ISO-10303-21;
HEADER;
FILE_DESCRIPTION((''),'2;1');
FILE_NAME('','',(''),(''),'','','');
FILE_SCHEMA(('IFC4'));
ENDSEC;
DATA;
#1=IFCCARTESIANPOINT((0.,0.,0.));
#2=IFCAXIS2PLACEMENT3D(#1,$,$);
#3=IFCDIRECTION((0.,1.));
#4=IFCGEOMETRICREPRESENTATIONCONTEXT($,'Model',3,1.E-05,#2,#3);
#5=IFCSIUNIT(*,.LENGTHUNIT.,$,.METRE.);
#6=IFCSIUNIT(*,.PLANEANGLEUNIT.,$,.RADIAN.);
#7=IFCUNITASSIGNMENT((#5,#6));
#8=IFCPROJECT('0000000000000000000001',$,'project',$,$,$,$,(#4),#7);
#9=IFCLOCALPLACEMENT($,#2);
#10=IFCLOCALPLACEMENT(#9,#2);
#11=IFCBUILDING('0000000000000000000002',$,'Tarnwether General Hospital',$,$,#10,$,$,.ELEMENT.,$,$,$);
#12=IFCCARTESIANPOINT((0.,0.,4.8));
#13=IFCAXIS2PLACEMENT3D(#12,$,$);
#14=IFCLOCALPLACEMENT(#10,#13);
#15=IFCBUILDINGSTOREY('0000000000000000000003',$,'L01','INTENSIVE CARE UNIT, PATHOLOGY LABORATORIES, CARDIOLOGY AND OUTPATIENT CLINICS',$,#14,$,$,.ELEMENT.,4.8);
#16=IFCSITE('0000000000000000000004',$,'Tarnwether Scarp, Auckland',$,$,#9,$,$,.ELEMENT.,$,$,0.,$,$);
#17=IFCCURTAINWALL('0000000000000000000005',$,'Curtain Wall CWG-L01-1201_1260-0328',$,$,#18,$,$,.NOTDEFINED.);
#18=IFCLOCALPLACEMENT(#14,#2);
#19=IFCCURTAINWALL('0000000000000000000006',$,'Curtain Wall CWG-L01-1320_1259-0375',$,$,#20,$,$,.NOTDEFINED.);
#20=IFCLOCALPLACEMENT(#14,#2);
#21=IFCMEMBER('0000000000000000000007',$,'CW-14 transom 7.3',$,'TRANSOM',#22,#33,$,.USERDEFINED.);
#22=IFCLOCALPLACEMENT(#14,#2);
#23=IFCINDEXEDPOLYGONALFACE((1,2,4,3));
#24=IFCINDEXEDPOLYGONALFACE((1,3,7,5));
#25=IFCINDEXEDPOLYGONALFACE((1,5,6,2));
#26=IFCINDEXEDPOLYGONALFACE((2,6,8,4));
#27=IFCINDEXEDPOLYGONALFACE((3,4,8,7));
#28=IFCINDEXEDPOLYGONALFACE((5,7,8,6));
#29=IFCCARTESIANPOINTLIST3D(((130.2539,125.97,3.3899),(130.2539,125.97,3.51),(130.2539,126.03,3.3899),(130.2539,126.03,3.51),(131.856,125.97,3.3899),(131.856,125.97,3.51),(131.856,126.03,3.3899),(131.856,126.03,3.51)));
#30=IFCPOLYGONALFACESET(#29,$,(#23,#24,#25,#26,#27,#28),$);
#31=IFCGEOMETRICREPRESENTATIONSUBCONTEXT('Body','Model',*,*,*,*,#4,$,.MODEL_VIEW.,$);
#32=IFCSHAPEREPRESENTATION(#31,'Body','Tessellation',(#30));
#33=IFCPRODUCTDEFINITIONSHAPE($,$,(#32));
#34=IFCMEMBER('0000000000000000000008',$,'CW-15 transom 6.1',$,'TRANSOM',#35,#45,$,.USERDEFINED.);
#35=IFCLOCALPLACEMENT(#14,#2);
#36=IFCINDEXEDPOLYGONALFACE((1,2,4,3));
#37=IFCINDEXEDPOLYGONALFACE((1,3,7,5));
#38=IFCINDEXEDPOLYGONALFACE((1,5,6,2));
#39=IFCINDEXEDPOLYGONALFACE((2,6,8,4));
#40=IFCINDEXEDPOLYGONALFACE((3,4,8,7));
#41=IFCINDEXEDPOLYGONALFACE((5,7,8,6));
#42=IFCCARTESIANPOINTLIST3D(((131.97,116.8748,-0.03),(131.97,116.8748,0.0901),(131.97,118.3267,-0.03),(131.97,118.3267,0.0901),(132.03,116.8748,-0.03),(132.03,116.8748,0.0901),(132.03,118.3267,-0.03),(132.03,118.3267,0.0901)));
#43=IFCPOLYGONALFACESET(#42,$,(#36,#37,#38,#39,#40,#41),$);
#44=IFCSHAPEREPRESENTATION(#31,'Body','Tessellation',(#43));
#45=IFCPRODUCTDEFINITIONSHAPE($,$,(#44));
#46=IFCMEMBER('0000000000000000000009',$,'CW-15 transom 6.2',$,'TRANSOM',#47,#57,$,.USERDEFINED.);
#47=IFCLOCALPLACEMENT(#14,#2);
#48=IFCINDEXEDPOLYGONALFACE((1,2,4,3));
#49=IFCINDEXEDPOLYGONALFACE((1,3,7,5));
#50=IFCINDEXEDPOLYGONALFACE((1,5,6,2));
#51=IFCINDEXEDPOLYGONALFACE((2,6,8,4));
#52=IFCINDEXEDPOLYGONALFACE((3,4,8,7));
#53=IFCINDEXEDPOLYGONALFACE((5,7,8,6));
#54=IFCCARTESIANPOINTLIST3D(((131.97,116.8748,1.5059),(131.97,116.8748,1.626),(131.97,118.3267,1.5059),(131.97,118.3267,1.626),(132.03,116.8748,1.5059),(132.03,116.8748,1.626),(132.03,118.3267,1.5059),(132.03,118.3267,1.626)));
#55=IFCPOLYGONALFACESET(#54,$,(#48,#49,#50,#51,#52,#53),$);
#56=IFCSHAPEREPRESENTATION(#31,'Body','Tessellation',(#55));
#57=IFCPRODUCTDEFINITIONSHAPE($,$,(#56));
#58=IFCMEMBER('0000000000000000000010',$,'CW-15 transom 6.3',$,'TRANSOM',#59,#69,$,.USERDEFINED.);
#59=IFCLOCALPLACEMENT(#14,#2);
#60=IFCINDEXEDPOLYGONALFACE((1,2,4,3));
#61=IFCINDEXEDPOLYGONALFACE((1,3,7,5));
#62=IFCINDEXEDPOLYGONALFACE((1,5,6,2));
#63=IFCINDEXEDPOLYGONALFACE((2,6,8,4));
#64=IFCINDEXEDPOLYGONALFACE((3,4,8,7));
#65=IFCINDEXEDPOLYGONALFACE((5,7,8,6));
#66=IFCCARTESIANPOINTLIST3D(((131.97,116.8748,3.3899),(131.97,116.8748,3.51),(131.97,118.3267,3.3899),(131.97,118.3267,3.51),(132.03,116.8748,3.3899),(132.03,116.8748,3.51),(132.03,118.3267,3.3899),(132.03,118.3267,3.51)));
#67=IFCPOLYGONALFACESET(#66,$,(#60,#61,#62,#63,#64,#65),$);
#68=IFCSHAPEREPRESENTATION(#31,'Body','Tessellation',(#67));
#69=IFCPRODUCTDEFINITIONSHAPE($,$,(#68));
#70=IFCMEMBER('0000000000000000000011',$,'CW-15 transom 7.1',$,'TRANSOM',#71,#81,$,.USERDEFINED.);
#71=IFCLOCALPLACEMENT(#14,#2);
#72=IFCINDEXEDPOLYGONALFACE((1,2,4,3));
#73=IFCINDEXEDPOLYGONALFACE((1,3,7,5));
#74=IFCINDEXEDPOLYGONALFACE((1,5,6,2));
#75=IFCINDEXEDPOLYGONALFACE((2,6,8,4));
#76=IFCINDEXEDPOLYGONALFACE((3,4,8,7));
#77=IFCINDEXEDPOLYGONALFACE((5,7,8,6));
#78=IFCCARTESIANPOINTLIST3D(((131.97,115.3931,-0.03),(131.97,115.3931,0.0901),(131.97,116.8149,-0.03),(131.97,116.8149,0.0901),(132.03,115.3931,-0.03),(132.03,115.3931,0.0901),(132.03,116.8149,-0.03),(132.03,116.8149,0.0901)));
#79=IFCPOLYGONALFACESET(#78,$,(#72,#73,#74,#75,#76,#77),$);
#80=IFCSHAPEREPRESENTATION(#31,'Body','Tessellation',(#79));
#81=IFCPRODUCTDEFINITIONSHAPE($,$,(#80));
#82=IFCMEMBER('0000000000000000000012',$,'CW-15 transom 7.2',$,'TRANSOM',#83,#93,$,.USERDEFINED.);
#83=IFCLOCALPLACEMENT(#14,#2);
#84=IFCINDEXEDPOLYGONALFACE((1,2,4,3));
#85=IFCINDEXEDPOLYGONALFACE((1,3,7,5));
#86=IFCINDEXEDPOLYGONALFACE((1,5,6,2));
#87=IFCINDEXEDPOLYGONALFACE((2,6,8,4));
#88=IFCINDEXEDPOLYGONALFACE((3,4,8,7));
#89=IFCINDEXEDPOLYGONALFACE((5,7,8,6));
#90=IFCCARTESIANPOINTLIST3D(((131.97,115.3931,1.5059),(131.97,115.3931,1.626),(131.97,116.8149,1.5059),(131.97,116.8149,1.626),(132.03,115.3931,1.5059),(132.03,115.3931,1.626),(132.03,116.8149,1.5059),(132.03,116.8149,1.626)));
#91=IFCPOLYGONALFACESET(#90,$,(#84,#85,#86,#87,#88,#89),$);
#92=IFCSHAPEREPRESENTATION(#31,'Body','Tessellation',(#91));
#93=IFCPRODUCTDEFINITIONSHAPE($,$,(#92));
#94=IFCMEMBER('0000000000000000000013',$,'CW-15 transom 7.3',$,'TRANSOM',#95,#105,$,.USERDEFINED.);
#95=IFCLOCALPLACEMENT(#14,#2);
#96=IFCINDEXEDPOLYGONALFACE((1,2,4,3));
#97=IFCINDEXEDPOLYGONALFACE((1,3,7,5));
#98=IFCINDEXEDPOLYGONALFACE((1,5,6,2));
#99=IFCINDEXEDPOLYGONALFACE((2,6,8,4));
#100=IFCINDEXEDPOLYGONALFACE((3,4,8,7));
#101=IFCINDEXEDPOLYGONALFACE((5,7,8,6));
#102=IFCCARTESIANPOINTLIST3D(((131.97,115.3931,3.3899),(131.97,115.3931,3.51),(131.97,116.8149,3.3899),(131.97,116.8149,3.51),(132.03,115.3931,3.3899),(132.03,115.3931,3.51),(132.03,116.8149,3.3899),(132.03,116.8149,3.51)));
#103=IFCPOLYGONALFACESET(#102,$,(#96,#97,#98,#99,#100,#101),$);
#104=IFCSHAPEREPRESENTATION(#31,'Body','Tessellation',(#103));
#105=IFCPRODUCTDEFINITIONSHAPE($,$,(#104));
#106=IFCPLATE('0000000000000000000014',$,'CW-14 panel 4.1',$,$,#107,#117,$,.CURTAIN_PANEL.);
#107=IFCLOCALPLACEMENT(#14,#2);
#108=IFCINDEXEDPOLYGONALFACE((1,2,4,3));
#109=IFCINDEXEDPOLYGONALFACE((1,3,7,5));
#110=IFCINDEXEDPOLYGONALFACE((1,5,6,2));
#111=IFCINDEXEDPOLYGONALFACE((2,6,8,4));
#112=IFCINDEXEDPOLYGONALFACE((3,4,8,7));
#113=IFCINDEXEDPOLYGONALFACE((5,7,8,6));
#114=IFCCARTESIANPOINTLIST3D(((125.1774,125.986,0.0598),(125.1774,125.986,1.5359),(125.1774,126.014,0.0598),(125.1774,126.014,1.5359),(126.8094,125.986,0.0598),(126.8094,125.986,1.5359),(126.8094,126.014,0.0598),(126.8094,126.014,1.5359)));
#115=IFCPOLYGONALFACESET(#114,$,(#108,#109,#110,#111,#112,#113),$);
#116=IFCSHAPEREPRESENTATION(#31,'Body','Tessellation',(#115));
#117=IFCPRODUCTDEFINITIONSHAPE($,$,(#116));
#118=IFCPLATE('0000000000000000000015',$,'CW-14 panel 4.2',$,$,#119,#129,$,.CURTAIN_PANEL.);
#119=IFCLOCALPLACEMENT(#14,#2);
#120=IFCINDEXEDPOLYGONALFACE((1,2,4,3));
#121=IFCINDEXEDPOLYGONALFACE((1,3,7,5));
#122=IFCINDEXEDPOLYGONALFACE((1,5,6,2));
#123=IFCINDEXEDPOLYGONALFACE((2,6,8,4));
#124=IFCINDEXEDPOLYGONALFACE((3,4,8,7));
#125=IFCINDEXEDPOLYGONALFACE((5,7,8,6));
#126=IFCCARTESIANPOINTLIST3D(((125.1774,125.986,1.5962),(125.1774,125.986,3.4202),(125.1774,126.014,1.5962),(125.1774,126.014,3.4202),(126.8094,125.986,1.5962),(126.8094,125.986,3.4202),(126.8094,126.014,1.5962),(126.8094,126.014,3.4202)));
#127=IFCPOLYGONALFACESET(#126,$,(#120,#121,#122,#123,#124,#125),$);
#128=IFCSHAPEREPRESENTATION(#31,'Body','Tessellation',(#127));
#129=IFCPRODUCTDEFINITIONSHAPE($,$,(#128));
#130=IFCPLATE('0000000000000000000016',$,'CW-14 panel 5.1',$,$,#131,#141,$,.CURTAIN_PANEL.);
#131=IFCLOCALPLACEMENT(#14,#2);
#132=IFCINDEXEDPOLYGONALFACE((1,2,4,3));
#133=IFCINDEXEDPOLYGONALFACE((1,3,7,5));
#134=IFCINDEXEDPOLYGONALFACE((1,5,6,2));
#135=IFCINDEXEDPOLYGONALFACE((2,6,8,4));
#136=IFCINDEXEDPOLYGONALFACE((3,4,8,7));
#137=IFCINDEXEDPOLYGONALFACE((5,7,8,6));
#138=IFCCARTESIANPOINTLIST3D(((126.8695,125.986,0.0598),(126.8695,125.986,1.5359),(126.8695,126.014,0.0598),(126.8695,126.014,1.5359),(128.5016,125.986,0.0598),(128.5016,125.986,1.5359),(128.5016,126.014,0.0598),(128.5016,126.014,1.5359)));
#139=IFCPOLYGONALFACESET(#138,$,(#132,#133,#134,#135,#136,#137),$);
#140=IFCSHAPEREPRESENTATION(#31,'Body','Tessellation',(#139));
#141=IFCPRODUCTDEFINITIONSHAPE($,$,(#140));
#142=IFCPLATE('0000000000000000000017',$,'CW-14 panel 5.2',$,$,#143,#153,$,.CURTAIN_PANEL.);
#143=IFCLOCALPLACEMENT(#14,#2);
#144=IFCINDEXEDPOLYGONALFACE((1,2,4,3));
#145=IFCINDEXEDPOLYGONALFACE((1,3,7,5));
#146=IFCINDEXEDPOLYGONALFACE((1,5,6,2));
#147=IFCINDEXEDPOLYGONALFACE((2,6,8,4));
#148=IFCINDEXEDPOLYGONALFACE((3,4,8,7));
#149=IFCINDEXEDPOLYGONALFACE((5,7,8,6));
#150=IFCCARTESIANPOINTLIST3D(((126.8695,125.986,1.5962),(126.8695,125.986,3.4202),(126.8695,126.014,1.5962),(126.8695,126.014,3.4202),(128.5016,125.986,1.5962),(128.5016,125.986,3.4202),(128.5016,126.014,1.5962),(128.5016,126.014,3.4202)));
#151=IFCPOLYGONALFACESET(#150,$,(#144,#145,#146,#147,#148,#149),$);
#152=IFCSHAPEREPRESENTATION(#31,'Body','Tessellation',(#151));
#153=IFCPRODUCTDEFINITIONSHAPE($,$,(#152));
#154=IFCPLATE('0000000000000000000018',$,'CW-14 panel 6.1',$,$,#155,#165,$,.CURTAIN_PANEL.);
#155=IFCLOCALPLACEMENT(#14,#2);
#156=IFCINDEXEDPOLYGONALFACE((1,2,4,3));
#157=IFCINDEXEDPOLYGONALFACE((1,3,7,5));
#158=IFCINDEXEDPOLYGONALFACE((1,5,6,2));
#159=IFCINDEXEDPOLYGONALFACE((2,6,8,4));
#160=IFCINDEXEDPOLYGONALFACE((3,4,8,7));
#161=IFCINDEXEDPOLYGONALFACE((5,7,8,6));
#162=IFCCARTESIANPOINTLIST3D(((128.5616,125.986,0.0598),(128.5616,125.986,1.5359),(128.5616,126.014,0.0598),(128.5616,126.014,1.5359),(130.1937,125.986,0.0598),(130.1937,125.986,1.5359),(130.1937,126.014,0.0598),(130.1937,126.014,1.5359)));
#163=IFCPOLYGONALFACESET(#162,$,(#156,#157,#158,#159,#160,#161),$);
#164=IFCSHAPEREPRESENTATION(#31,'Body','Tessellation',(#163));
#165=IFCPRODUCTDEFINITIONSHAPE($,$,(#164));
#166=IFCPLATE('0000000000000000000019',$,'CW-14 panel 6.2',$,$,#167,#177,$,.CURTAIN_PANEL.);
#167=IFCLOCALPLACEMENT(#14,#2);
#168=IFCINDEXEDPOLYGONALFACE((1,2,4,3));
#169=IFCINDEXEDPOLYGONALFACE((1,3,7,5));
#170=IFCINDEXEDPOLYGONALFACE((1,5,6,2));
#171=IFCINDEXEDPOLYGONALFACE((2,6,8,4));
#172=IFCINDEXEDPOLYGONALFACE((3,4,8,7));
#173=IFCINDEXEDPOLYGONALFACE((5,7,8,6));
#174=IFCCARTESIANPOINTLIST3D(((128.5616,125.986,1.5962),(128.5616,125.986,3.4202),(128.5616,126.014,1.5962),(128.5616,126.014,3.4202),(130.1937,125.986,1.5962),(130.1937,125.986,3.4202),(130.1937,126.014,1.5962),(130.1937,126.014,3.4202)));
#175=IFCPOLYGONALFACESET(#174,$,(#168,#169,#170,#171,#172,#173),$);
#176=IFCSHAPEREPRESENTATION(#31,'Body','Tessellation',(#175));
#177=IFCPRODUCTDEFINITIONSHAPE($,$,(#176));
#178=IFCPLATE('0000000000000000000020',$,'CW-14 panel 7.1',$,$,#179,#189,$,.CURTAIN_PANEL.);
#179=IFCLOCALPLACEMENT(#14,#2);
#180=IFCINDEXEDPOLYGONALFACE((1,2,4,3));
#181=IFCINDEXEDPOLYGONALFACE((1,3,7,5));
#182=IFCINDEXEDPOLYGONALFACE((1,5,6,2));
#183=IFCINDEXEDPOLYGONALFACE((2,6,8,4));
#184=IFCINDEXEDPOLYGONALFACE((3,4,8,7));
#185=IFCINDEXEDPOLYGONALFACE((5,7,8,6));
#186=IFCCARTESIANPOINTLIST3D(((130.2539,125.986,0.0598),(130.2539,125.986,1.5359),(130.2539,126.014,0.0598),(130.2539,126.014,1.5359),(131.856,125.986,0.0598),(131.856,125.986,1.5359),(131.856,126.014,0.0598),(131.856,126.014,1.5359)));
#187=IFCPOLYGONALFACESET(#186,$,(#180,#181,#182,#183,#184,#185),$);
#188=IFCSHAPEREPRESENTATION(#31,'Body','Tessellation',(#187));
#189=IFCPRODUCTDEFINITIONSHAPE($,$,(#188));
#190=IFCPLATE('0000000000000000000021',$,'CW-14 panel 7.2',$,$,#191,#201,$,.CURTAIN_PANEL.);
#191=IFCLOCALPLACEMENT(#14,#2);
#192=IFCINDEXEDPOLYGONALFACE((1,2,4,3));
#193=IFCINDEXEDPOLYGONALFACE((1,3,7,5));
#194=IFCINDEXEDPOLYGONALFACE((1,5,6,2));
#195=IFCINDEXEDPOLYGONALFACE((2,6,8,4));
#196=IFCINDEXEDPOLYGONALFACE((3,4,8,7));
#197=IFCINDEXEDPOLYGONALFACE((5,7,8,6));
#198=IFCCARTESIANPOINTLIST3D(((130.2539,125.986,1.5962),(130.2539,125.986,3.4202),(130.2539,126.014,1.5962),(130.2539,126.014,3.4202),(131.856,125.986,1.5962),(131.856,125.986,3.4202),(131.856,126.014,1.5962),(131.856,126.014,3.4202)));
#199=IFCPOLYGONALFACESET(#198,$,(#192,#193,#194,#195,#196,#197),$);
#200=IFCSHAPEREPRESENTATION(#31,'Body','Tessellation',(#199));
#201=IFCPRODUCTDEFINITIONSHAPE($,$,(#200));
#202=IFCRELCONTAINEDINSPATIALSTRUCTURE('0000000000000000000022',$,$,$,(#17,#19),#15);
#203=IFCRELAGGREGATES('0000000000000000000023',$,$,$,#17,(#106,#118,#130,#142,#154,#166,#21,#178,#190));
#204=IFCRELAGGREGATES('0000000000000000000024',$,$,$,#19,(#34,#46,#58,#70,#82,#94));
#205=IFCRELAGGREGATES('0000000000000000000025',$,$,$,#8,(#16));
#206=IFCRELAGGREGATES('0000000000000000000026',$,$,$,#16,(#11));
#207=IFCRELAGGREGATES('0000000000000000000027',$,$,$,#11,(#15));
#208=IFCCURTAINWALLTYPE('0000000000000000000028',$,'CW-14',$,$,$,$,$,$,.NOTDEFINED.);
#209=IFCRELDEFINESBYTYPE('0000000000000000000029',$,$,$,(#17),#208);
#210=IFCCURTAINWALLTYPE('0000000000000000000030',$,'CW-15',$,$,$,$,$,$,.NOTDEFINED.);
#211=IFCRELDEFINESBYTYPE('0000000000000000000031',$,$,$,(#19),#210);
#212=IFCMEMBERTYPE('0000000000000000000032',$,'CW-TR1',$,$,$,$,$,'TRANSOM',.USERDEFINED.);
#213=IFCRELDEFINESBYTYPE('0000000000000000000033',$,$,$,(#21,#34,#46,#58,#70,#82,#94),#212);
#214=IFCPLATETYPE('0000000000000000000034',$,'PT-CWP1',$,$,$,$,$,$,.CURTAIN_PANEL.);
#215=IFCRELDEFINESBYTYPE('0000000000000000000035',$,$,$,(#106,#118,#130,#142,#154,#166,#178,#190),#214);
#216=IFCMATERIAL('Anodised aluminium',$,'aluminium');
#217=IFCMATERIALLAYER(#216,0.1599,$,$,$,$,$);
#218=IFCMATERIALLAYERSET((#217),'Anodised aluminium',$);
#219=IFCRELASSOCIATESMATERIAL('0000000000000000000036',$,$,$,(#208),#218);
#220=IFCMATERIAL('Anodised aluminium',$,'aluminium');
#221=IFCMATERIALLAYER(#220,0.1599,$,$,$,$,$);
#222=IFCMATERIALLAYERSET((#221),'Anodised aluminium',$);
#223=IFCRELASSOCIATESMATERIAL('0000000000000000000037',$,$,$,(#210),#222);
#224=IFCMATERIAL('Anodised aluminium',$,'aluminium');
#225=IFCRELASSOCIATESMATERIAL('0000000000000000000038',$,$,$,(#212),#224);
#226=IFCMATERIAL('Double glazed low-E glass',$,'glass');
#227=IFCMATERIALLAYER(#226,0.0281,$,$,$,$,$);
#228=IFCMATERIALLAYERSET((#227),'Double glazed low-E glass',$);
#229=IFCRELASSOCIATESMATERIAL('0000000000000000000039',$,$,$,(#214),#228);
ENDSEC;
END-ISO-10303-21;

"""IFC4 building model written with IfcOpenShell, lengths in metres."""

from ifc_helpers import new_model, si_unit, direction, frame, origin, origin_2d, place, context, subcontext, project, spatial, rectangle, extrude, material, layer, layer_set, material_profile, profile_set, type_object, element, aggregate, save


model = new_model("IFC4")

# Units and contexts
model_context = context("Model", 3, precision=1e-05, world=origin(), true_north=direction((0.0, 1.0)))
body_context = subcontext(model_context, "Body", "Model", "MODEL_VIEW")
ifc_project = project(units=[si_unit("LENGTHUNIT", "METRE"), si_unit("PLANEANGLEUNIT", "RADIAN")], contexts=[model_context])

# Site, building, storey
site_placement = place(None, origin())
site = spatial("IfcSite", under=ifc_project, at=site_placement, Name="Tarnwether Scarp, Auckland", CompositionType="ELEMENT", RefElevation=0.0)
building_placement = place(site_placement, origin())
building = spatial("IfcBuilding", under=site, at=building_placement, Name="Tarnwether General Hospital", CompositionType="ELEMENT")
storey_placement = place(building_placement, frame((0.0, 0.0, 4.8)))
storey = spatial("IfcBuildingStorey", under=building, at=storey_placement, Name="L01", Description="INTENSIVE CARE UNIT, PATHOLOGY LABORATORIES, CARDIOLOGY AND OUTPATIENT CLINICS", CompositionType="ELEMENT", Elevation=4.8)

# Curtain walls
ifc_material_1 = material(Name="Anodised aluminium", Category="aluminium")
ifc_layer_1 = layer(ifc_material_1, 0.1599)
ifc_layer_set_1 = layer_set([ifc_layer_1], Name="Anodised aluminium")
curtain_wall_type_1 = type_object("IfcCurtainWallType", Name="CW-14", PredefinedType="NOTDEFINED", material=ifc_layer_set_1)
curtain_wall_1_placement = place(storey_placement, origin())
curtain_wall_1 = element("IfcCurtainWall", 1, at=curtain_wall_1_placement, inside=storey, type_object=curtain_wall_type_1, Name="Curtain Wall CWG-L01-1201_1260-0328", PredefinedType="NOTDEFINED")
ifc_material_2 = material(Name="Anodised aluminium", Category="aluminium")
ifc_layer_2 = layer(ifc_material_2, 0.1599)
ifc_layer_set_2 = layer_set([ifc_layer_2], Name="Anodised aluminium")
curtain_wall_type_2 = type_object("IfcCurtainWallType", Name="CW-15", PredefinedType="NOTDEFINED", material=ifc_layer_set_2)
curtain_wall_2_placement = place(storey_placement, origin())
curtain_wall_2 = element("IfcCurtainWall", 2, at=curtain_wall_2_placement, inside=storey, type_object=curtain_wall_type_2, Name="Curtain Wall CWG-L01-1320_1259-0375", PredefinedType="NOTDEFINED")

# Members
ifc_material_3 = material(Name="Anodised aluminium", Category="aluminium")
ifc_material_profile_1 = material_profile(ifc_material_3, rectangle(XDim=0.0601, YDim=0.1201, at=origin_2d()), Name="ALU-TRN-60x120")
ifc_profile_set_1 = profile_set([ifc_material_profile_1], Name="Anodised aluminium")
member_type_1 = type_object("IfcMemberType", Name="CW-TR1", ElementType="TRANSOM", PredefinedType="USERDEFINED", material=ifc_profile_set_1)
member_1_placement = place(storey_placement, frame((130.2539, 126.0, 3.45), z_axis=(1.0, 0.0, 0.0), x_axis=(0.0, 1.0, 0.0)))
member_1 = element("IfcMember", 3, at=member_1_placement, type_object=member_type_1, Name="CW-14 transom 7.3", ObjectType="TRANSOM", PredefinedType="USERDEFINED", context=body_context, shape_type="SweptSolid", body=[
    extrude(rectangle(XDim=0.0601, YDim=0.1201, at=origin_2d()), origin(), (0.0, 0.0, 1.0), 1.6021),
])
member_2_placement = place(storey_placement, frame((132.0, 118.3267, 0.03), z_axis=(0.0, -1.0, 0.0), x_axis=(1.0, 0.0, 0.0)))
member_2 = element("IfcMember", 4, at=member_2_placement, type_object=member_type_1, Name="CW-15 transom 6.1", ObjectType="TRANSOM", PredefinedType="USERDEFINED", context=body_context, shape_type="SweptSolid", body=[
    extrude(rectangle(XDim=0.0601, YDim=0.1201, at=origin_2d()), origin(), (0.0, 0.0, 1.0), 1.4519),
])
member_3_placement = place(storey_placement, frame((132.0, 118.3267, 1.5659), z_axis=(0.0, -1.0, 0.0), x_axis=(1.0, 0.0, 0.0)))
member_3 = element("IfcMember", 5, at=member_3_placement, type_object=member_type_1, Name="CW-15 transom 6.2", ObjectType="TRANSOM", PredefinedType="USERDEFINED", context=body_context, shape_type="SweptSolid", body=[
    extrude(rectangle(XDim=0.0601, YDim=0.1201, at=origin_2d()), origin(), (0.0, 0.0, 1.0), 1.4519),
])
member_4_placement = place(storey_placement, frame((132.0, 118.3267, 3.45), z_axis=(0.0, -1.0, 0.0), x_axis=(1.0, 0.0, 0.0)))
member_4 = element("IfcMember", 6, at=member_4_placement, type_object=member_type_1, Name="CW-15 transom 6.3", ObjectType="TRANSOM", PredefinedType="USERDEFINED", context=body_context, shape_type="SweptSolid", body=[
    extrude(rectangle(XDim=0.0601, YDim=0.1201, at=origin_2d()), origin(), (0.0, 0.0, 1.0), 1.4519),
])
member_5_placement = place(storey_placement, frame((132.0, 116.8149, 0.03), z_axis=(0.0, -1.0, 0.0), x_axis=(1.0, 0.0, 0.0)))
member_5 = element("IfcMember", 7, at=member_5_placement, type_object=member_type_1, Name="CW-15 transom 7.1", ObjectType="TRANSOM", PredefinedType="USERDEFINED", context=body_context, shape_type="SweptSolid", body=[
    extrude(rectangle(XDim=0.0601, YDim=0.1201, at=origin_2d()), origin(), (0.0, 0.0, 1.0), 1.4219),
])
member_6_placement = place(storey_placement, frame((132.0, 116.8149, 1.5659), z_axis=(0.0, -1.0, 0.0), x_axis=(1.0, 0.0, 0.0)))
member_6 = element("IfcMember", 8, at=member_6_placement, type_object=member_type_1, Name="CW-15 transom 7.2", ObjectType="TRANSOM", PredefinedType="USERDEFINED", context=body_context, shape_type="SweptSolid", body=[
    extrude(rectangle(XDim=0.0601, YDim=0.1201, at=origin_2d()), origin(), (0.0, 0.0, 1.0), 1.4219),
])
member_7_placement = place(storey_placement, frame((132.0, 116.8149, 3.45), z_axis=(0.0, -1.0, 0.0), x_axis=(1.0, 0.0, 0.0)))
member_7 = element("IfcMember", 9, at=member_7_placement, type_object=member_type_1, Name="CW-15 transom 7.3", ObjectType="TRANSOM", PredefinedType="USERDEFINED", context=body_context, shape_type="SweptSolid", body=[
    extrude(rectangle(XDim=0.0601, YDim=0.1201, at=origin_2d()), origin(), (0.0, 0.0, 1.0), 1.4219),
])

# Plates
ifc_material_4 = material(Name="Double glazed low-E glass", Category="glass")
ifc_layer_3 = layer(ifc_material_4, 0.0281)
ifc_layer_set_3 = layer_set([ifc_layer_3], Name="Double glazed low-E glass")
plate_type_1 = type_object("IfcPlateType", Name="PT-CWP1", PredefinedType="CURTAIN_PANEL", material=ifc_layer_set_3)
plate_1_placement = place(storey_placement, frame((125.9934, 126.0, 0.0598), z_axis=(0.0, 0.0, 1.0), x_axis=(1.0, 0.0, 0.0)))
plate_1 = element("IfcPlate", 10, at=plate_1_placement, type_object=plate_type_1, Name="CW-14 panel 4.1", PredefinedType="CURTAIN_PANEL", context=body_context, shape_type="SweptSolid", body=[
    extrude(rectangle(XDim=1.6321, YDim=0.0281, at=origin_2d()), origin(), (0.0, 0.0, 1.0), 1.4761),
])
plate_2_placement = place(storey_placement, frame((125.9934, 126.0, 1.5962), z_axis=(0.0, 0.0, 1.0), x_axis=(1.0, 0.0, 0.0)))
plate_2 = element("IfcPlate", 11, at=plate_2_placement, type_object=plate_type_1, Name="CW-14 panel 4.2", PredefinedType="CURTAIN_PANEL", context=body_context, shape_type="SweptSolid", body=[
    extrude(rectangle(XDim=1.6321, YDim=0.0281, at=origin_2d()), origin(), (0.0, 0.0, 1.0), 1.824),
])
plate_3_placement = place(storey_placement, frame((127.6855, 126.0, 0.0598), z_axis=(0.0, 0.0, 1.0), x_axis=(1.0, 0.0, 0.0)))
plate_3 = element("IfcPlate", 12, at=plate_3_placement, type_object=plate_type_1, Name="CW-14 panel 5.1", PredefinedType="CURTAIN_PANEL", context=body_context, shape_type="SweptSolid", body=[
    extrude(rectangle(XDim=1.6321, YDim=0.0281, at=origin_2d()), origin(), (0.0, 0.0, 1.0), 1.4761),
])
plate_4_placement = place(storey_placement, frame((127.6855, 126.0, 1.5962), z_axis=(0.0, 0.0, 1.0), x_axis=(1.0, 0.0, 0.0)))
plate_4 = element("IfcPlate", 13, at=plate_4_placement, type_object=plate_type_1, Name="CW-14 panel 5.2", PredefinedType="CURTAIN_PANEL", context=body_context, shape_type="SweptSolid", body=[
    extrude(rectangle(XDim=1.6321, YDim=0.0281, at=origin_2d()), origin(), (0.0, 0.0, 1.0), 1.824),
])
plate_5_placement = place(storey_placement, frame((129.3777, 126.0, 0.0598), z_axis=(0.0, 0.0, 1.0), x_axis=(1.0, 0.0, 0.0)))
plate_5 = element("IfcPlate", 14, at=plate_5_placement, type_object=plate_type_1, Name="CW-14 panel 6.1", PredefinedType="CURTAIN_PANEL", context=body_context, shape_type="SweptSolid", body=[
    extrude(rectangle(XDim=1.6321, YDim=0.0281, at=origin_2d()), origin(), (0.0, 0.0, 1.0), 1.4761),
])
plate_6_placement = place(storey_placement, frame((129.3777, 126.0, 1.5962), z_axis=(0.0, 0.0, 1.0), x_axis=(1.0, 0.0, 0.0)))
plate_6 = element("IfcPlate", 15, at=plate_6_placement, type_object=plate_type_1, Name="CW-14 panel 6.2", PredefinedType="CURTAIN_PANEL", context=body_context, shape_type="SweptSolid", body=[
    extrude(rectangle(XDim=1.6321, YDim=0.0281, at=origin_2d()), origin(), (0.0, 0.0, 1.0), 1.824),
])
plate_7_placement = place(storey_placement, frame((131.0549, 126.0, 0.0598), z_axis=(0.0, 0.0, 1.0), x_axis=(1.0, 0.0, 0.0)))
plate_7 = element("IfcPlate", 16, at=plate_7_placement, type_object=plate_type_1, Name="CW-14 panel 7.1", PredefinedType="CURTAIN_PANEL", context=body_context, shape_type="SweptSolid", body=[
    extrude(rectangle(XDim=1.6021, YDim=0.0281, at=origin_2d()), origin(), (0.0, 0.0, 1.0), 1.4761),
])
plate_8_placement = place(storey_placement, frame((131.0549, 126.0, 1.5962), z_axis=(0.0, 0.0, 1.0), x_axis=(1.0, 0.0, 0.0)))
plate_8 = element("IfcPlate", 17, at=plate_8_placement, type_object=plate_type_1, Name="CW-14 panel 7.2", PredefinedType="CURTAIN_PANEL", context=body_context, shape_type="SweptSolid", body=[
    extrude(rectangle(XDim=1.6021, YDim=0.0281, at=origin_2d()), origin(), (0.0, 0.0, 1.0), 1.824),
])
aggregate(curtain_wall_1, [plate_1, plate_2, plate_3, plate_4, plate_5, plate_6, member_1, plate_7, plate_8])
aggregate(curtain_wall_2, [member_2, member_3, member_4, member_5, member_6, member_7])

save(model, "model.ifc")
